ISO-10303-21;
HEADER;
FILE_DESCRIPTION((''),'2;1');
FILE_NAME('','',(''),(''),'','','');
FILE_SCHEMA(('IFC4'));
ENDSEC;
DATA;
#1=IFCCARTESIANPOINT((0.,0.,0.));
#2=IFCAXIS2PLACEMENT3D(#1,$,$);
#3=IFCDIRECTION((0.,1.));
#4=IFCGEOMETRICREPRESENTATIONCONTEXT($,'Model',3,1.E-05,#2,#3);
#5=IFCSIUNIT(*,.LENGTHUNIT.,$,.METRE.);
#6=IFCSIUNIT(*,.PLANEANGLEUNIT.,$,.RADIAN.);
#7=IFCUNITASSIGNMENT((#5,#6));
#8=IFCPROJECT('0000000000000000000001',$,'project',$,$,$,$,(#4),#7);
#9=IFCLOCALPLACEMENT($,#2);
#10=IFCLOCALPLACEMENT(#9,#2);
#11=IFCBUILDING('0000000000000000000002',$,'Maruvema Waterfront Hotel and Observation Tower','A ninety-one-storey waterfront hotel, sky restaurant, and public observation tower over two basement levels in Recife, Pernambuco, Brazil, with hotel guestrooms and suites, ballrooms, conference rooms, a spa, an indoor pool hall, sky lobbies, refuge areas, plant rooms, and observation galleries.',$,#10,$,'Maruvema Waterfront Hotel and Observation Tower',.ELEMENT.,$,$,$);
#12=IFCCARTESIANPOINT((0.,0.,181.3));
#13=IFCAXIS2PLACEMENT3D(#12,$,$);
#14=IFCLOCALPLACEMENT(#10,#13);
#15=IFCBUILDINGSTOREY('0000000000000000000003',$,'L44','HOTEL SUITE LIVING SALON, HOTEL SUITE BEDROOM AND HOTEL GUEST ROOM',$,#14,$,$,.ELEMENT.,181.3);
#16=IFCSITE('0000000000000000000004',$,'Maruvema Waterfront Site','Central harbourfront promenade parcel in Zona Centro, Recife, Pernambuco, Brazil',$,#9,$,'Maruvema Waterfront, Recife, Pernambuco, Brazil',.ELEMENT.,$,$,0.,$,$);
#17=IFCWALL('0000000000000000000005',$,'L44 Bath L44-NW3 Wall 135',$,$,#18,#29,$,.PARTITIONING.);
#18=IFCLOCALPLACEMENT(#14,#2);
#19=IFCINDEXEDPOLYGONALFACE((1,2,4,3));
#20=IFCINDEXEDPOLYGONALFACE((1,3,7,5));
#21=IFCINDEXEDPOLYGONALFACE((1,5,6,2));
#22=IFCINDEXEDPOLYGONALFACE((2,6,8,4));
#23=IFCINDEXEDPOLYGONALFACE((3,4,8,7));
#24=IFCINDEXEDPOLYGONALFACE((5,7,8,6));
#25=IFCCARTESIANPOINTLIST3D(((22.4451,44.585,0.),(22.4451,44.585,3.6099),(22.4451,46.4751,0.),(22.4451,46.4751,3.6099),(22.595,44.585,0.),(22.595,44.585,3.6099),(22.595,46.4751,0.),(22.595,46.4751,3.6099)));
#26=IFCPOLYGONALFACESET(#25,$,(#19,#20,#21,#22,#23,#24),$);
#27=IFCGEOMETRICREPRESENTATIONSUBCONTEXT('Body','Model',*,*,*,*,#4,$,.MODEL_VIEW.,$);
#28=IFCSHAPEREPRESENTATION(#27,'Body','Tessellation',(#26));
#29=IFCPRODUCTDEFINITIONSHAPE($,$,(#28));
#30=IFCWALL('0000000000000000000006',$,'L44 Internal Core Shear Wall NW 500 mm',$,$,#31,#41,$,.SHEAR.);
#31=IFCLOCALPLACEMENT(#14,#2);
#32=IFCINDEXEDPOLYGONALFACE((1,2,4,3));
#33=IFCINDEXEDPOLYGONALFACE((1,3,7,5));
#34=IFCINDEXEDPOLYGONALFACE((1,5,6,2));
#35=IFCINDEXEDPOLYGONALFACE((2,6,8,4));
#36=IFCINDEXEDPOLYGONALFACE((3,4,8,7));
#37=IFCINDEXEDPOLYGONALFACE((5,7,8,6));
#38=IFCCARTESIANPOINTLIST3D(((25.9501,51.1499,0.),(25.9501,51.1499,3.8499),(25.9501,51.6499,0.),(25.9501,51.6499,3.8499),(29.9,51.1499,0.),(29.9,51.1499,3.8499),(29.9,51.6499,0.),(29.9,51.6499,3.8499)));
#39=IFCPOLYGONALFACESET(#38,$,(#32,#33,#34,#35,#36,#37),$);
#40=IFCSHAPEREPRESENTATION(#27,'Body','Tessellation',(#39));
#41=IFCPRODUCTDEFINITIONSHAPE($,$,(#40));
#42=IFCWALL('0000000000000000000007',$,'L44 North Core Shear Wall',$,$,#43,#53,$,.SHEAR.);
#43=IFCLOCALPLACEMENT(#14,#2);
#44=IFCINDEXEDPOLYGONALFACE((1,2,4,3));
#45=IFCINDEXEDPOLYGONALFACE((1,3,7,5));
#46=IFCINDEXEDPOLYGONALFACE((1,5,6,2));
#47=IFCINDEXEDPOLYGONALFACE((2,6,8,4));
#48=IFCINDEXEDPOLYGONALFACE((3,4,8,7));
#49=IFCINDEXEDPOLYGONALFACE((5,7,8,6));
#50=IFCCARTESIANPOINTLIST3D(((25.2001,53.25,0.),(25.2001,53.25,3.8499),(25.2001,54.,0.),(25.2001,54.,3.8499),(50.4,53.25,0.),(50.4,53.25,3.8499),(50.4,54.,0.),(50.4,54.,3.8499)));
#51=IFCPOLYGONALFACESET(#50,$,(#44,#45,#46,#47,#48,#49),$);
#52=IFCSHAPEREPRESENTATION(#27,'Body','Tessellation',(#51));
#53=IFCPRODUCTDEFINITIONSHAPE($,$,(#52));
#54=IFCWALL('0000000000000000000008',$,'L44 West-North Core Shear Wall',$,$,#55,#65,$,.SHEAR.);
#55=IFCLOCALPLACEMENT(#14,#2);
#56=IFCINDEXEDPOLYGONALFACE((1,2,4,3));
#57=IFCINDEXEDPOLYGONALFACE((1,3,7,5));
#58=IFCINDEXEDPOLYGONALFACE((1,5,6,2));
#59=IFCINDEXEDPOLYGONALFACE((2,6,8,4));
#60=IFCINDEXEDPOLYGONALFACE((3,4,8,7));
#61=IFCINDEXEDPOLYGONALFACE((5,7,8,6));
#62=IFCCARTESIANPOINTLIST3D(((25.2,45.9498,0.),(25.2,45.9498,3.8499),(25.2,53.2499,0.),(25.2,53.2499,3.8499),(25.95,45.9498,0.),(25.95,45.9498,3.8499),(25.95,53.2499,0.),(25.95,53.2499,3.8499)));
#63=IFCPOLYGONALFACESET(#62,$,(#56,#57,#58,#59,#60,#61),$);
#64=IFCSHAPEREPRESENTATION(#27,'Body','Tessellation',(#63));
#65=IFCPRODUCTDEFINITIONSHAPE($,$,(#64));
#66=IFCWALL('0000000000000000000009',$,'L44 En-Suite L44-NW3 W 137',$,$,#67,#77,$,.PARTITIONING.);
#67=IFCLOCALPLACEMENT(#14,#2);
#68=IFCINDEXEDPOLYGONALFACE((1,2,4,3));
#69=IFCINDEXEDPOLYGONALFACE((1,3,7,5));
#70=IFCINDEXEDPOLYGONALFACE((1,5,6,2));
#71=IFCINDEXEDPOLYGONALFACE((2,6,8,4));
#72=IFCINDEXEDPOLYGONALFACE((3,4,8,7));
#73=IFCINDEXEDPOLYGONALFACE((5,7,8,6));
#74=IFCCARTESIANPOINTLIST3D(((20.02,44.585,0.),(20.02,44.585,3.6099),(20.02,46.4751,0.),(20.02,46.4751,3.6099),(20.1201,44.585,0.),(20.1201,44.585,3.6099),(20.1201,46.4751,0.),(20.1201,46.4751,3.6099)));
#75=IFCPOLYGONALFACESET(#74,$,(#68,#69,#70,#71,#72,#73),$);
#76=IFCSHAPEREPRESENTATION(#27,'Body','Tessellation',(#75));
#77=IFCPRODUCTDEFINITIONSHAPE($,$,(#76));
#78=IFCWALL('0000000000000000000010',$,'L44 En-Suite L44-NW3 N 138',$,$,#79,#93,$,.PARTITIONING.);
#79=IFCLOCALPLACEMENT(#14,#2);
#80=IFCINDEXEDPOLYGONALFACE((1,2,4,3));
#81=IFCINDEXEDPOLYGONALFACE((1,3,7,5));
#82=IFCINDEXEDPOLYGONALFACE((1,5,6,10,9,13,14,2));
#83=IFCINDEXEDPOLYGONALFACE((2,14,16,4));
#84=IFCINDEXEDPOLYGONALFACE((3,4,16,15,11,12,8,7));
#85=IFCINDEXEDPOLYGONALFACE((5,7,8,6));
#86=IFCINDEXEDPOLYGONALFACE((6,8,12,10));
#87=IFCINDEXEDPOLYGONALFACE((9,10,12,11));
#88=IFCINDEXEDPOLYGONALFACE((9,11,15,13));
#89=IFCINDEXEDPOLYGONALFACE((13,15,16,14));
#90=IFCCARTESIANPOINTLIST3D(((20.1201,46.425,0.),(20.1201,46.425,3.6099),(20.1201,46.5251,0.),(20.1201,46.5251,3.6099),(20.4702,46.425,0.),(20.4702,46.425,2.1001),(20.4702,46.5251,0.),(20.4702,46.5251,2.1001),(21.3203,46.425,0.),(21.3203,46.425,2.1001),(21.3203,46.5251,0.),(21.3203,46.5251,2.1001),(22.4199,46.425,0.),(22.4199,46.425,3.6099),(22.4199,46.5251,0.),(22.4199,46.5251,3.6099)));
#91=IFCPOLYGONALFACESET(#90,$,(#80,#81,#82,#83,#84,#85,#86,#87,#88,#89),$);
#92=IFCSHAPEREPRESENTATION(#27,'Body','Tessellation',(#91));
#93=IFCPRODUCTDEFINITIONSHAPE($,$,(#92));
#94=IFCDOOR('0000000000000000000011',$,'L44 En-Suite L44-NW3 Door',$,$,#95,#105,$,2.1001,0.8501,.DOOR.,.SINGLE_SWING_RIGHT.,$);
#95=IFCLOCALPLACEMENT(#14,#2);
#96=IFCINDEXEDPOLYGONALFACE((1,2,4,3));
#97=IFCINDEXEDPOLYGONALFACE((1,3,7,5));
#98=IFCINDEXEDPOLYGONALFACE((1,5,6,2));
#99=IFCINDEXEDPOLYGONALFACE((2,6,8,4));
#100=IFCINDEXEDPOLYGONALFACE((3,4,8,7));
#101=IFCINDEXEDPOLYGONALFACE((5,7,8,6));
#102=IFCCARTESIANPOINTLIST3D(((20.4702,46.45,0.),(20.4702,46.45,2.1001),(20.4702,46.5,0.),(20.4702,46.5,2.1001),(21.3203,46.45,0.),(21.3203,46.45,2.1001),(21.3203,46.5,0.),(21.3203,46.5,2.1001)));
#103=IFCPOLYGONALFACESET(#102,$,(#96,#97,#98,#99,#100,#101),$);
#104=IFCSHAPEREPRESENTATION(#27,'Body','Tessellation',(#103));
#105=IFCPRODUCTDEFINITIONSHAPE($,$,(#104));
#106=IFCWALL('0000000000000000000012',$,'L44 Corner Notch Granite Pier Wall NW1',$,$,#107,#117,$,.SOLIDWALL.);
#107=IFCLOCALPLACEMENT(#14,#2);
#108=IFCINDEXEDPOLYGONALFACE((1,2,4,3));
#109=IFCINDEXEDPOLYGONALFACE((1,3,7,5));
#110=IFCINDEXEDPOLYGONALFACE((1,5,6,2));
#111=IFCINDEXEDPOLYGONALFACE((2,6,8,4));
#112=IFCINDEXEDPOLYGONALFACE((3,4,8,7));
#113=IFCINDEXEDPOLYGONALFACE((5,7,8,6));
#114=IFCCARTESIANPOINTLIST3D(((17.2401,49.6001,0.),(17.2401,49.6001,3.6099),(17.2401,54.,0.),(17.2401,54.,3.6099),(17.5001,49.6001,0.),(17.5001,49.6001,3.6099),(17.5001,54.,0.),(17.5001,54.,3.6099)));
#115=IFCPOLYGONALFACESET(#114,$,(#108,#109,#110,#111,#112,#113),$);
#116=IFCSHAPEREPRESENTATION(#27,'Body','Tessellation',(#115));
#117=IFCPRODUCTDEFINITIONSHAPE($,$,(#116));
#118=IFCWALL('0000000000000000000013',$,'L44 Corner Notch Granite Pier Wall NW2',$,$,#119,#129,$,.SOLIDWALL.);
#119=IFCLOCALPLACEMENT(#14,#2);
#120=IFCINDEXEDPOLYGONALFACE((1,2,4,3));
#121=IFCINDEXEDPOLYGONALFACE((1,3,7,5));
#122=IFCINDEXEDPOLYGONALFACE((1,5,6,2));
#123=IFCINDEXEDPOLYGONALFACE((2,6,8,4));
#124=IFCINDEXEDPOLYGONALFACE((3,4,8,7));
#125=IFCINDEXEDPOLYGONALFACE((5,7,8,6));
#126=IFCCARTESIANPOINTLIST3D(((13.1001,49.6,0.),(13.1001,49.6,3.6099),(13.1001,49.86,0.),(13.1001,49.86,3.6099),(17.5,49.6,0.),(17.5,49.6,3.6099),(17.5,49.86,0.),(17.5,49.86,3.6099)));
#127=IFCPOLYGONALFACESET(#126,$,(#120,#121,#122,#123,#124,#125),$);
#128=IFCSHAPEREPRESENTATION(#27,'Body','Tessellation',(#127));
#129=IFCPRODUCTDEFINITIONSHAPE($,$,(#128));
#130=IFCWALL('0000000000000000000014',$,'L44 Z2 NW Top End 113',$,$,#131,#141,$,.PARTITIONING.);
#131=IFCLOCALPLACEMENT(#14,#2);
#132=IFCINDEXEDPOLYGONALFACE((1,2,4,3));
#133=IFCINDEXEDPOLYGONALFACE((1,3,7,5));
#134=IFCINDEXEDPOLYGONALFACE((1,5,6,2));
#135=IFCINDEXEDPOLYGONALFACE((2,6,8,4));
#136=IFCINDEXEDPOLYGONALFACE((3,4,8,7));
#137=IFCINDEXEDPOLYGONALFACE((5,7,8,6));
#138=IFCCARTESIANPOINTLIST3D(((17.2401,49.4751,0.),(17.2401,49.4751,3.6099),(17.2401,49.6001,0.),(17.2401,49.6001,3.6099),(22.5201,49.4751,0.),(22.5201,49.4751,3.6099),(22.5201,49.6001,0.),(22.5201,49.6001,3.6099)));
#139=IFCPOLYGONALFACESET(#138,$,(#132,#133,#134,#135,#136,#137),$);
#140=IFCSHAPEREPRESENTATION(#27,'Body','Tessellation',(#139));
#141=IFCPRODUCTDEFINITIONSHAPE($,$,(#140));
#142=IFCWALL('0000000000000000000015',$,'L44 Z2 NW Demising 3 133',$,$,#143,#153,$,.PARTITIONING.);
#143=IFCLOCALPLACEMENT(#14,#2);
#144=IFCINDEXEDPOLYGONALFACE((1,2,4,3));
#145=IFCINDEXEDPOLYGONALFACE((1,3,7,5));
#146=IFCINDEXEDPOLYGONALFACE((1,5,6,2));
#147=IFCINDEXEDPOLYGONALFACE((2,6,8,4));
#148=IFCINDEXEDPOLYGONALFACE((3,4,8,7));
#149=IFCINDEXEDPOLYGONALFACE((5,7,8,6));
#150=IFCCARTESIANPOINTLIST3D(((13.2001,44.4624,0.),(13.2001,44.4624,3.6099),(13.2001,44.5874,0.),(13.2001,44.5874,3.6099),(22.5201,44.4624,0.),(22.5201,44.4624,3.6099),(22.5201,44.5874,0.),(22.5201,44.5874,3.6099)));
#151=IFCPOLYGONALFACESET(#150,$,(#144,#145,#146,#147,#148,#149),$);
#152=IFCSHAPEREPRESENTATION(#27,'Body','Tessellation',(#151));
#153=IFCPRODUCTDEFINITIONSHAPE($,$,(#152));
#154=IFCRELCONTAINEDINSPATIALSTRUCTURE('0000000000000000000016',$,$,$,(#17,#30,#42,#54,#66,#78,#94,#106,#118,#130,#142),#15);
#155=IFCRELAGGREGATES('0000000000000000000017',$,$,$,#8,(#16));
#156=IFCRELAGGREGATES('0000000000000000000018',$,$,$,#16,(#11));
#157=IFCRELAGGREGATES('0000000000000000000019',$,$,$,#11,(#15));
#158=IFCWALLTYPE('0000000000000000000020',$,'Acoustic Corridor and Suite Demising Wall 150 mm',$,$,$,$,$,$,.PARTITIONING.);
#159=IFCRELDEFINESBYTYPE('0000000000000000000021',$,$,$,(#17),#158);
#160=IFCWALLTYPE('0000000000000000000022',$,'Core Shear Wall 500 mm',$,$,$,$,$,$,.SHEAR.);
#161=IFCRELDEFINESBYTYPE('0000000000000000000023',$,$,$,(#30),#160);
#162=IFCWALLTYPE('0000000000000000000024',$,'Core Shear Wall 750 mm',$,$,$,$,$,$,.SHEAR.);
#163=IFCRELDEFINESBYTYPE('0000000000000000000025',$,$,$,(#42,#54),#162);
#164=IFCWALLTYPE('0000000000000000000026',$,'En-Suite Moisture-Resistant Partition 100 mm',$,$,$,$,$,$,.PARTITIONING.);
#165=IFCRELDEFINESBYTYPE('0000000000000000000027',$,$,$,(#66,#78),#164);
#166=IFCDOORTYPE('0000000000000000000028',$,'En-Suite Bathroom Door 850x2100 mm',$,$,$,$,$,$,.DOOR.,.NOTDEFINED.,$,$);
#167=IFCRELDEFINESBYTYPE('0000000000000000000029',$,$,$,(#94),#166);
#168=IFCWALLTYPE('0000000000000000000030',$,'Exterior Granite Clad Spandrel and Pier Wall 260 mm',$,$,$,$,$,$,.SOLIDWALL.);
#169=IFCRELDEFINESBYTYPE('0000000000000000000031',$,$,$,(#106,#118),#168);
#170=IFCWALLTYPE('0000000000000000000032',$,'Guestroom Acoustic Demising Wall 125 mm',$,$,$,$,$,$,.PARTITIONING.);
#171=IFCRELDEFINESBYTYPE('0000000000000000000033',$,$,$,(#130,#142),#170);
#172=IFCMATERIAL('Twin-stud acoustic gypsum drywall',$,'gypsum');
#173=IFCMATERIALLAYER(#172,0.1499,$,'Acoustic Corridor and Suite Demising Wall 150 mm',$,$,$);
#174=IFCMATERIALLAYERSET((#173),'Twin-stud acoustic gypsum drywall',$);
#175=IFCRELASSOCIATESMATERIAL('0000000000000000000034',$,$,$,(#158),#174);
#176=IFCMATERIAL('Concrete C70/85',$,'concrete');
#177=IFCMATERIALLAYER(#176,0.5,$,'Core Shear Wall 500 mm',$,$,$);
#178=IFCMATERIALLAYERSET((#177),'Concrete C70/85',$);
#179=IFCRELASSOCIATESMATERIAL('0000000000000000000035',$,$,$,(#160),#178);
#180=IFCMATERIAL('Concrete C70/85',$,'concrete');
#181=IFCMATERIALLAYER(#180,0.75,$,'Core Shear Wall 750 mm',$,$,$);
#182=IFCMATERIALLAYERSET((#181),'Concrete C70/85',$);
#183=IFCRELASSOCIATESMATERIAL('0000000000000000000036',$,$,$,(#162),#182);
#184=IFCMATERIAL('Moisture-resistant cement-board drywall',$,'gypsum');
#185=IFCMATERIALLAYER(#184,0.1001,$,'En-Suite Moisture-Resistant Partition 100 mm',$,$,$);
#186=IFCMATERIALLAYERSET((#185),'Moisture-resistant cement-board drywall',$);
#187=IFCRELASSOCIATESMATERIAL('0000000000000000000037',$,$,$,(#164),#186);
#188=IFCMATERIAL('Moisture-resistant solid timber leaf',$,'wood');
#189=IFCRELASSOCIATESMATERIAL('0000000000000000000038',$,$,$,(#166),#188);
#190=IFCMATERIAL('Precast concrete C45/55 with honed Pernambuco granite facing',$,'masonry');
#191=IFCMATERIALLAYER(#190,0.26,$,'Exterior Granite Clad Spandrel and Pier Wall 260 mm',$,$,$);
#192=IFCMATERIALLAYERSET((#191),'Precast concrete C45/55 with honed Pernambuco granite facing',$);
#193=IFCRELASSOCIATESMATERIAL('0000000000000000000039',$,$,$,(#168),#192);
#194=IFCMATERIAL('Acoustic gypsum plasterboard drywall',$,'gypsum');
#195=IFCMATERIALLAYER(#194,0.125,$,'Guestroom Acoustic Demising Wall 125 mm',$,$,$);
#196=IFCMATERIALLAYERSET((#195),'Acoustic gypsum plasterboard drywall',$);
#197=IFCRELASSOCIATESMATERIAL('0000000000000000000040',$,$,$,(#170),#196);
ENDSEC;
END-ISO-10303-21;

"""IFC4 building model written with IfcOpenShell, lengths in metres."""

from ifc_helpers import new_model, si_unit, direction, frame, frame_2d, origin, place, context, subcontext, project, spatial, rectangle, extrude, material, layer, layer_set, type_object, element, fill, save


model = new_model("IFC4")

# Units and contexts
model_context = context("Model", 3, precision=1e-05, world=origin(), true_north=direction((0.0, 1.0)))
body_context = subcontext(model_context, "Body", "Model", "MODEL_VIEW")
ifc_project = project(units=[si_unit("LENGTHUNIT", "METRE"), si_unit("PLANEANGLEUNIT", "RADIAN")], contexts=[model_context])

# Site, building, storey
site_placement = place(None, origin())
site = spatial("IfcSite", under=ifc_project, at=site_placement, Name="Maruvema Waterfront Site", Description="Central harbourfront promenade parcel in Zona Centro, Recife, Pernambuco, Brazil", LongName="Maruvema Waterfront, Recife, Pernambuco, Brazil", CompositionType="ELEMENT", RefElevation=0.0)
building_placement = place(site_placement, origin())
building = spatial("IfcBuilding", under=site, at=building_placement, Name="Maruvema Waterfront Hotel and Observation Tower", Description="A ninety-one-storey waterfront hotel, sky restaurant, and public observation tower over two basement levels in Recife, Pernambuco, Brazil, with hotel guestrooms and suites, ballrooms, conference rooms, a spa, an indoor pool hall, sky lobbies, refuge areas, plant rooms, and observation galleries.", LongName="Maruvema Waterfront Hotel and Observation Tower", CompositionType="ELEMENT")
storey_placement = place(building_placement, frame((0.0, 0.0, 181.3)))
storey = spatial("IfcBuildingStorey", under=building, at=storey_placement, Name="L44", Description="HOTEL SUITE LIVING SALON, HOTEL SUITE BEDROOM AND HOTEL GUEST ROOM", CompositionType="ELEMENT", Elevation=181.3)

# Wall
ifc_material_1 = material(Name="Twin-stud acoustic gypsum drywall", Category="gypsum")
ifc_layer_1 = layer(ifc_material_1, 0.1499, Name="Acoustic Corridor and Suite Demising Wall 150 mm")
ifc_layer_set_1 = layer_set([ifc_layer_1], Name="Twin-stud acoustic gypsum drywall")
wall_type_1 = type_object("IfcWallType", Name="Acoustic Corridor and Suite Demising Wall 150 mm", PredefinedType="PARTITIONING", material=ifc_layer_set_1)
wall_1_placement = place(storey_placement, frame((22.52, 44.585, 0.0), z_axis=(0.0, 0.0, 1.0), x_axis=(0.0, 1.0, 0.0)))
element("IfcWall", 1, at=wall_1_placement, inside=storey, type_object=wall_type_1, Name="L44 Bath L44-NW3 Wall 135", PredefinedType="PARTITIONING", context=body_context, shape_type="SweptSolid", body=[
    extrude(rectangle(XDim=1.8901, YDim=0.1499, at=frame_2d((0.9451, 0.0))), origin(), (0.0, 0.0, 1.0), 3.6099),
])

# Walls
ifc_material_2 = material(Name="Concrete C70/85", Category="concrete")
ifc_layer_2 = layer(ifc_material_2, 0.5, Name="Core Shear Wall 500 mm")
ifc_layer_set_2 = layer_set([ifc_layer_2], Name="Concrete C70/85")
wall_type_2 = type_object("IfcWallType", Name="Core Shear Wall 500 mm", PredefinedType="SHEAR", material=ifc_layer_set_2)
wall_2_placement = place(storey_placement, frame((25.95, 51.3999, 0.0), z_axis=(0.0, 0.0, 1.0), x_axis=(1.0, 0.0, 0.0)))
element("IfcWall", 2, at=wall_2_placement, inside=storey, type_object=wall_type_2, Name="L44 Internal Core Shear Wall NW 500 mm", PredefinedType="SHEAR", context=body_context, shape_type="SweptSolid", body=[
    extrude(rectangle(XDim=3.95, YDim=0.5, at=frame_2d((1.9751, 0.0))), origin(), (0.0, 0.0, 1.0), 3.8499),
])
ifc_material_3 = material(Name="Concrete C70/85", Category="concrete")
ifc_layer_3 = layer(ifc_material_3, 0.75, Name="Core Shear Wall 750 mm")
ifc_layer_set_3 = layer_set([ifc_layer_3], Name="Concrete C70/85")
wall_type_3 = type_object("IfcWallType", Name="Core Shear Wall 750 mm", PredefinedType="SHEAR", material=ifc_layer_set_3)
wall_3_placement = place(storey_placement, frame((25.2, 53.625, 0.0), z_axis=(0.0, 0.0, 1.0), x_axis=(1.0, 0.0, 0.0)))
element("IfcWall", 3, at=wall_3_placement, inside=storey, type_object=wall_type_3, Name="L44 North Core Shear Wall", PredefinedType="SHEAR", context=body_context, shape_type="SweptSolid", body=[
    extrude(rectangle(XDim=25.2, YDim=0.75, at=frame_2d((12.6001, 0.0))), origin(), (0.0, 0.0, 1.0), 3.8499),
])
wall_4_placement = place(storey_placement, frame((25.575, 45.95, 0.0), z_axis=(0.0, 0.0, 1.0), x_axis=(0.0, 1.0, 0.0)))
element("IfcWall", 4, at=wall_4_placement, inside=storey, type_object=wall_type_3, Name="L44 West-North Core Shear Wall", PredefinedType="SHEAR", context=body_context, shape_type="SweptSolid", body=[
    extrude(rectangle(XDim=7.3, YDim=0.75, at=frame_2d((3.6499, 0.0))), origin(), (0.0, 0.0, 1.0), 3.8499),
])
ifc_material_4 = material(Name="Moisture-resistant cement-board drywall", Category="gypsum")
ifc_layer_4 = layer(ifc_material_4, 0.1001, Name="En-Suite Moisture-Resistant Partition 100 mm")
ifc_layer_set_4 = layer_set([ifc_layer_4], Name="Moisture-resistant cement-board drywall")
wall_type_4 = type_object("IfcWallType", Name="En-Suite Moisture-Resistant Partition 100 mm", PredefinedType="PARTITIONING", material=ifc_layer_set_4)
wall_5_placement = place(storey_placement, frame((20.0701, 44.585, 0.0), z_axis=(0.0, 0.0, 1.0), x_axis=(0.0, 1.0, 0.0)))
element("IfcWall", 5, at=wall_5_placement, inside=storey, type_object=wall_type_4, Name="L44 En-Suite L44-NW3 W 137", PredefinedType="PARTITIONING", context=body_context, shape_type="SweptSolid", body=[
    extrude(rectangle(XDim=1.8901, YDim=0.1001, at=frame_2d((0.9451, 0.0))), origin(), (0.0, 0.0, 1.0), 3.6099),
])

# Wall, opening, door
wall_6_placement = place(storey_placement, frame((20.1201, 46.4751, 0.0), z_axis=(0.0, 0.0, 1.0), x_axis=(1.0, 0.0, 0.0)))
wall_6 = element("IfcWall", 6, at=wall_6_placement, inside=storey, type_object=wall_type_4, Name="L44 En-Suite L44-NW3 N 138", PredefinedType="PARTITIONING", context=body_context, shape_type="SweptSolid", body=[
    extrude(rectangle(XDim=2.2998, YDim=0.1001, at=frame_2d((1.1499, 0.0))), origin(), (0.0, 0.0, 1.0), 3.6099),
])
opening_1_placement = place(wall_6_placement, frame((0.3501, 0.0, 0.0)))
opening_1 = element("IfcOpeningElement", 7, at=opening_1_placement, cuts=wall_6, PredefinedType="OPENING", context=body_context, shape_type="SweptSolid", body=[
    extrude(rectangle(XDim=0.8501, YDim=2.1001, at=frame_2d((0.425, 1.05))), frame((0.0, 0.0601, 0.0), z_axis=(0.0, -1.0, 0.0), x_axis=(1.0, 0.0, 0.0)), (0.0, 0.0, 1.0), 0.1201),
])
ifc_material_5 = material(Name="Moisture-resistant solid timber leaf", Category="wood")
door_type_1 = type_object("IfcDoorType", Name="En-Suite Bathroom Door 850x2100 mm", OperationType="NOTDEFINED", PredefinedType="DOOR", material=ifc_material_5)
door_1_placement = place(opening_1_placement, origin())
door_1 = element("IfcDoor", 8, at=door_1_placement, inside=storey, type_object=door_type_1, Name="L44 En-Suite L44-NW3 Door", OperationType="SINGLE_SWING_RIGHT", OverallHeight=2.1001, OverallWidth=0.8501, PredefinedType="DOOR", context=body_context, shape_type="SweptSolid", body=[
    extrude(rectangle(XDim=0.8501, YDim=2.1001, at=frame_2d((0.425, 1.05))), frame((0.0, 0.0249, 0.0), z_axis=(0.0, -1.0, 0.0), x_axis=(1.0, 0.0, 0.0)), (0.0, 0.0, 1.0), 0.05),
])
fill(opening_1, door_1)

# Walls
ifc_material_6 = material(Name="Precast concrete C45/55 with honed Pernambuco granite facing", Category="masonry")
ifc_layer_5 = layer(ifc_material_6, 0.26, Name="Exterior Granite Clad Spandrel and Pier Wall 260 mm")
ifc_layer_set_5 = layer_set([ifc_layer_5], Name="Precast concrete C45/55 with honed Pernambuco granite facing")
wall_type_5 = type_object("IfcWallType", Name="Exterior Granite Clad Spandrel and Pier Wall 260 mm", PredefinedType="SOLIDWALL", material=ifc_layer_set_5)
for number, where, z_axis, x_axis, name in (
    (9, (17.3701, 49.6001, 0.0), (0.0, 0.0, 1.0), (0.0, 1.0, 0.0), "L44 Corner Notch Granite Pier Wall NW1"),
    (10, (13.1001, 49.73, 0.0), (0.0, 0.0, 1.0), (1.0, 0.0, 0.0), "L44 Corner Notch Granite Pier Wall NW2"),
):
    element("IfcWall", number, at=place(storey_placement, frame(where, z_axis=z_axis, x_axis=x_axis)), inside=storey, type_object=wall_type_5, Name=name, PredefinedType="SOLIDWALL", context=body_context, shape_type="SweptSolid", body=[
        extrude(rectangle(XDim=4.3999, YDim=0.26, at=frame_2d((2.2, 0.0))), origin(), (0.0, 0.0, 1.0), 3.6099),
    ])
ifc_material_7 = material(Name="Acoustic gypsum plasterboard drywall", Category="gypsum")
ifc_layer_6 = layer(ifc_material_7, 0.125, Name="Guestroom Acoustic Demising Wall 125 mm")
ifc_layer_set_6 = layer_set([ifc_layer_6], Name="Acoustic gypsum plasterboard drywall")
wall_type_6 = type_object("IfcWallType", Name="Guestroom Acoustic Demising Wall 125 mm", PredefinedType="PARTITIONING", material=ifc_layer_set_6)
wall_7_placement = place(storey_placement, frame((17.24, 49.5376, 0.0), z_axis=(0.0, 0.0, 1.0), x_axis=(1.0, 0.0, 0.0)))
element("IfcWall", 11, at=wall_7_placement, inside=storey, type_object=wall_type_6, Name="L44 Z2 NW Top End 113", PredefinedType="PARTITIONING", context=body_context, shape_type="SweptSolid", body=[
    extrude(rectangle(XDim=5.28, YDim=0.125, at=frame_2d((2.6401, 0.0))), origin(), (0.0, 0.0, 1.0), 3.6099),
])
wall_8_placement = place(storey_placement, frame((13.2, 44.5249, 0.0), z_axis=(0.0, 0.0, 1.0), x_axis=(1.0, 0.0, 0.0)))
element("IfcWall", 12, at=wall_8_placement, inside=storey, type_object=wall_type_6, Name="L44 Z2 NW Demising 3 133", PredefinedType="PARTITIONING", context=body_context, shape_type="SweptSolid", body=[
    extrude(rectangle(XDim=9.3201, YDim=0.125, at=frame_2d((4.6602, 0.0))), origin(), (0.0, 0.0, 1.0), 3.6099),
])

save(model, "model.ifc")
